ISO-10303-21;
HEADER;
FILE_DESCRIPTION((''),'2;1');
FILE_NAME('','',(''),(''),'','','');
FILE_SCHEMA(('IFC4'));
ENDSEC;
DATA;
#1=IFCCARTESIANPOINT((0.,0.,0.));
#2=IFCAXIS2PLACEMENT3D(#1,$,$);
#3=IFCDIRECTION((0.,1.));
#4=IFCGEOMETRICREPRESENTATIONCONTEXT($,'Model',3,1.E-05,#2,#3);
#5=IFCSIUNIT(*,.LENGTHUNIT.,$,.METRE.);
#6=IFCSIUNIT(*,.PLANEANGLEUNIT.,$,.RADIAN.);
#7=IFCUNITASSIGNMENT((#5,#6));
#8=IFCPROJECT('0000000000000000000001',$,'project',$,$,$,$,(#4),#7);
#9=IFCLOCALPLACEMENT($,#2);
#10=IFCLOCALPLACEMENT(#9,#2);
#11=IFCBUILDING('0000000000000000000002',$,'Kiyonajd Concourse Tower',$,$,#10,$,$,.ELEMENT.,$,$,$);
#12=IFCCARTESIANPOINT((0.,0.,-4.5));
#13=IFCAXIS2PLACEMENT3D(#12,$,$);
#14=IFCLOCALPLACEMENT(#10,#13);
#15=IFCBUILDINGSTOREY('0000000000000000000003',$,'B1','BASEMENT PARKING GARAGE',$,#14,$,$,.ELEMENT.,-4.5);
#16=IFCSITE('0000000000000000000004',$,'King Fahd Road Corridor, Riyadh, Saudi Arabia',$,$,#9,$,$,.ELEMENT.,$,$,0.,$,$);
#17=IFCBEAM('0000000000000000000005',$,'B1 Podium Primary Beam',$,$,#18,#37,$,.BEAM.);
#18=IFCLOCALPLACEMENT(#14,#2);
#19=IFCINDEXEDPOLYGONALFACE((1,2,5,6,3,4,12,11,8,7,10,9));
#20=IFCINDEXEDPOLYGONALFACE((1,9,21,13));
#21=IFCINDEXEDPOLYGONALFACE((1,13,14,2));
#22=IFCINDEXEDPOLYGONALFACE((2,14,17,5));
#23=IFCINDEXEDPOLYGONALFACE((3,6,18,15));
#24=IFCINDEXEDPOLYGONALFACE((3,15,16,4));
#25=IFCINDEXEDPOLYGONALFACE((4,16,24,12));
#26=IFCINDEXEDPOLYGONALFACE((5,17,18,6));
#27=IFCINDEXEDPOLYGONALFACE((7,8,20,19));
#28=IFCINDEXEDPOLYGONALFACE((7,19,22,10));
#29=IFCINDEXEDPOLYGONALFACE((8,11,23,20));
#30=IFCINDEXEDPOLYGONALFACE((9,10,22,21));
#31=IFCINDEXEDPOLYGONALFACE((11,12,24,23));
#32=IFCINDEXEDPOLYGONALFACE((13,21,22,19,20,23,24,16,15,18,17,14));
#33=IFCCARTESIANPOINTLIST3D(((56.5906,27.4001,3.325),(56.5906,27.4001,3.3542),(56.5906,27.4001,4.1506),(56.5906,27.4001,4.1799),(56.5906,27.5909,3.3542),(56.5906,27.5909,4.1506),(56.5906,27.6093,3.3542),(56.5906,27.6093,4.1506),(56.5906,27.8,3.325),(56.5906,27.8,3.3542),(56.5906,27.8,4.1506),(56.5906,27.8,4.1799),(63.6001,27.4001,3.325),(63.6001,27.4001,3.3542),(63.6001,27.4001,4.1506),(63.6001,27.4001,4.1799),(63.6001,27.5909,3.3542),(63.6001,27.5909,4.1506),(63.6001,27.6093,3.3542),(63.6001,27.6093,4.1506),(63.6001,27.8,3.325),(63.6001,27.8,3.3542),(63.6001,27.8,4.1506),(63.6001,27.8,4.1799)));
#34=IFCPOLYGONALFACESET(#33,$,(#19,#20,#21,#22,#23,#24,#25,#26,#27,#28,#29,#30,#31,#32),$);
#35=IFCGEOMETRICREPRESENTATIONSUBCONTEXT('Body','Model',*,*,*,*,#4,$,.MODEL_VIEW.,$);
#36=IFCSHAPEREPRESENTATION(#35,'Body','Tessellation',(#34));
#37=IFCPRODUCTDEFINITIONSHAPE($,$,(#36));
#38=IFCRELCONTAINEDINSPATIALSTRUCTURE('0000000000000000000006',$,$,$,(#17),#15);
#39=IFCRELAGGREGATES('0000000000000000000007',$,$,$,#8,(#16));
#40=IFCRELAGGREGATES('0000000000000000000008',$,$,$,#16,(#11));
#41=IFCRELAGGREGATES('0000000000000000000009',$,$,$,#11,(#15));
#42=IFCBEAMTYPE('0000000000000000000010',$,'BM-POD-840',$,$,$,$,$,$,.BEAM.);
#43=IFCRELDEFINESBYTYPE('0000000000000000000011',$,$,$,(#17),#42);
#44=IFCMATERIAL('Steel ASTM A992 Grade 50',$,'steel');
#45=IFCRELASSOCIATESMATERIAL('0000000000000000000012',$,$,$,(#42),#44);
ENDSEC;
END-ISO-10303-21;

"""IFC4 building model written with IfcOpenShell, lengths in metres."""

from ifc_helpers import new_model, si_unit, direction, frame, origin, origin_2d, place, context, subcontext, project, spatial, i_section, extrude, material, material_profile, profile_set, type_object, element, save


model = new_model("IFC4")

# Units and contexts
model_context = context("Model", 3, precision=1e-05, world=origin(), true_north=direction((0.0, 1.0)))
body_context = subcontext(model_context, "Body", "Model", "MODEL_VIEW")
ifc_project = project(units=[si_unit("LENGTHUNIT", "METRE"), si_unit("PLANEANGLEUNIT", "RADIAN")], contexts=[model_context])

# Site, building, storey
site_placement = place(None, origin())
site = spatial("IfcSite", under=ifc_project, at=site_placement, Name="King Fahd Road Corridor, Riyadh, Saudi Arabia", CompositionType="ELEMENT", RefElevation=0.0)
building_placement = place(site_placement, origin())
building = spatial("IfcBuilding", under=site, at=building_placement, Name="Kiyonajd Concourse Tower", CompositionType="ELEMENT")
storey_placement = place(building_placement, frame((0.0, 0.0, -4.5)))
storey = spatial("IfcBuildingStorey", under=building, at=storey_placement, Name="B1", Description="BASEMENT PARKING GARAGE", CompositionType="ELEMENT", Elevation=-4.5)

# Beam
ifc_material_1 = material(Name="Steel ASTM A992 Grade 50", Category="steel")
ifc_material_profile_1 = material_profile(ifc_material_1, i_section(OverallWidth=0.3999, OverallDepth=0.855, WebThickness=0.0183, FlangeThickness=0.0293, at=origin_2d()), Name="W840X299")
ifc_profile_set_1 = profile_set([ifc_material_profile_1], Name="Steel ASTM A992 Grade 50")
beam_type_1 = type_object("IfcBeamType", Name="BM-POD-840", PredefinedType="BEAM", material=ifc_profile_set_1)
beam_1_placement = place(storey_placement, frame((56.5906, 27.6001, 3.7524), z_axis=(1.0, 0.0, 0.0), x_axis=(0.0, 1.0, 0.0)))
element("IfcBeam", 1, at=beam_1_placement, inside=storey, type_object=beam_type_1, Name="B1 Podium Primary Beam", PredefinedType="BEAM", context=body_context, shape_type="SweptSolid", body=[
    extrude(i_section(OverallWidth=0.3999, OverallDepth=0.855, WebThickness=0.0183, FlangeThickness=0.0293, at=origin_2d()), origin(), (0.0, 0.0, 1.0), 7.0095),
])

save(model, "model.ifc")
